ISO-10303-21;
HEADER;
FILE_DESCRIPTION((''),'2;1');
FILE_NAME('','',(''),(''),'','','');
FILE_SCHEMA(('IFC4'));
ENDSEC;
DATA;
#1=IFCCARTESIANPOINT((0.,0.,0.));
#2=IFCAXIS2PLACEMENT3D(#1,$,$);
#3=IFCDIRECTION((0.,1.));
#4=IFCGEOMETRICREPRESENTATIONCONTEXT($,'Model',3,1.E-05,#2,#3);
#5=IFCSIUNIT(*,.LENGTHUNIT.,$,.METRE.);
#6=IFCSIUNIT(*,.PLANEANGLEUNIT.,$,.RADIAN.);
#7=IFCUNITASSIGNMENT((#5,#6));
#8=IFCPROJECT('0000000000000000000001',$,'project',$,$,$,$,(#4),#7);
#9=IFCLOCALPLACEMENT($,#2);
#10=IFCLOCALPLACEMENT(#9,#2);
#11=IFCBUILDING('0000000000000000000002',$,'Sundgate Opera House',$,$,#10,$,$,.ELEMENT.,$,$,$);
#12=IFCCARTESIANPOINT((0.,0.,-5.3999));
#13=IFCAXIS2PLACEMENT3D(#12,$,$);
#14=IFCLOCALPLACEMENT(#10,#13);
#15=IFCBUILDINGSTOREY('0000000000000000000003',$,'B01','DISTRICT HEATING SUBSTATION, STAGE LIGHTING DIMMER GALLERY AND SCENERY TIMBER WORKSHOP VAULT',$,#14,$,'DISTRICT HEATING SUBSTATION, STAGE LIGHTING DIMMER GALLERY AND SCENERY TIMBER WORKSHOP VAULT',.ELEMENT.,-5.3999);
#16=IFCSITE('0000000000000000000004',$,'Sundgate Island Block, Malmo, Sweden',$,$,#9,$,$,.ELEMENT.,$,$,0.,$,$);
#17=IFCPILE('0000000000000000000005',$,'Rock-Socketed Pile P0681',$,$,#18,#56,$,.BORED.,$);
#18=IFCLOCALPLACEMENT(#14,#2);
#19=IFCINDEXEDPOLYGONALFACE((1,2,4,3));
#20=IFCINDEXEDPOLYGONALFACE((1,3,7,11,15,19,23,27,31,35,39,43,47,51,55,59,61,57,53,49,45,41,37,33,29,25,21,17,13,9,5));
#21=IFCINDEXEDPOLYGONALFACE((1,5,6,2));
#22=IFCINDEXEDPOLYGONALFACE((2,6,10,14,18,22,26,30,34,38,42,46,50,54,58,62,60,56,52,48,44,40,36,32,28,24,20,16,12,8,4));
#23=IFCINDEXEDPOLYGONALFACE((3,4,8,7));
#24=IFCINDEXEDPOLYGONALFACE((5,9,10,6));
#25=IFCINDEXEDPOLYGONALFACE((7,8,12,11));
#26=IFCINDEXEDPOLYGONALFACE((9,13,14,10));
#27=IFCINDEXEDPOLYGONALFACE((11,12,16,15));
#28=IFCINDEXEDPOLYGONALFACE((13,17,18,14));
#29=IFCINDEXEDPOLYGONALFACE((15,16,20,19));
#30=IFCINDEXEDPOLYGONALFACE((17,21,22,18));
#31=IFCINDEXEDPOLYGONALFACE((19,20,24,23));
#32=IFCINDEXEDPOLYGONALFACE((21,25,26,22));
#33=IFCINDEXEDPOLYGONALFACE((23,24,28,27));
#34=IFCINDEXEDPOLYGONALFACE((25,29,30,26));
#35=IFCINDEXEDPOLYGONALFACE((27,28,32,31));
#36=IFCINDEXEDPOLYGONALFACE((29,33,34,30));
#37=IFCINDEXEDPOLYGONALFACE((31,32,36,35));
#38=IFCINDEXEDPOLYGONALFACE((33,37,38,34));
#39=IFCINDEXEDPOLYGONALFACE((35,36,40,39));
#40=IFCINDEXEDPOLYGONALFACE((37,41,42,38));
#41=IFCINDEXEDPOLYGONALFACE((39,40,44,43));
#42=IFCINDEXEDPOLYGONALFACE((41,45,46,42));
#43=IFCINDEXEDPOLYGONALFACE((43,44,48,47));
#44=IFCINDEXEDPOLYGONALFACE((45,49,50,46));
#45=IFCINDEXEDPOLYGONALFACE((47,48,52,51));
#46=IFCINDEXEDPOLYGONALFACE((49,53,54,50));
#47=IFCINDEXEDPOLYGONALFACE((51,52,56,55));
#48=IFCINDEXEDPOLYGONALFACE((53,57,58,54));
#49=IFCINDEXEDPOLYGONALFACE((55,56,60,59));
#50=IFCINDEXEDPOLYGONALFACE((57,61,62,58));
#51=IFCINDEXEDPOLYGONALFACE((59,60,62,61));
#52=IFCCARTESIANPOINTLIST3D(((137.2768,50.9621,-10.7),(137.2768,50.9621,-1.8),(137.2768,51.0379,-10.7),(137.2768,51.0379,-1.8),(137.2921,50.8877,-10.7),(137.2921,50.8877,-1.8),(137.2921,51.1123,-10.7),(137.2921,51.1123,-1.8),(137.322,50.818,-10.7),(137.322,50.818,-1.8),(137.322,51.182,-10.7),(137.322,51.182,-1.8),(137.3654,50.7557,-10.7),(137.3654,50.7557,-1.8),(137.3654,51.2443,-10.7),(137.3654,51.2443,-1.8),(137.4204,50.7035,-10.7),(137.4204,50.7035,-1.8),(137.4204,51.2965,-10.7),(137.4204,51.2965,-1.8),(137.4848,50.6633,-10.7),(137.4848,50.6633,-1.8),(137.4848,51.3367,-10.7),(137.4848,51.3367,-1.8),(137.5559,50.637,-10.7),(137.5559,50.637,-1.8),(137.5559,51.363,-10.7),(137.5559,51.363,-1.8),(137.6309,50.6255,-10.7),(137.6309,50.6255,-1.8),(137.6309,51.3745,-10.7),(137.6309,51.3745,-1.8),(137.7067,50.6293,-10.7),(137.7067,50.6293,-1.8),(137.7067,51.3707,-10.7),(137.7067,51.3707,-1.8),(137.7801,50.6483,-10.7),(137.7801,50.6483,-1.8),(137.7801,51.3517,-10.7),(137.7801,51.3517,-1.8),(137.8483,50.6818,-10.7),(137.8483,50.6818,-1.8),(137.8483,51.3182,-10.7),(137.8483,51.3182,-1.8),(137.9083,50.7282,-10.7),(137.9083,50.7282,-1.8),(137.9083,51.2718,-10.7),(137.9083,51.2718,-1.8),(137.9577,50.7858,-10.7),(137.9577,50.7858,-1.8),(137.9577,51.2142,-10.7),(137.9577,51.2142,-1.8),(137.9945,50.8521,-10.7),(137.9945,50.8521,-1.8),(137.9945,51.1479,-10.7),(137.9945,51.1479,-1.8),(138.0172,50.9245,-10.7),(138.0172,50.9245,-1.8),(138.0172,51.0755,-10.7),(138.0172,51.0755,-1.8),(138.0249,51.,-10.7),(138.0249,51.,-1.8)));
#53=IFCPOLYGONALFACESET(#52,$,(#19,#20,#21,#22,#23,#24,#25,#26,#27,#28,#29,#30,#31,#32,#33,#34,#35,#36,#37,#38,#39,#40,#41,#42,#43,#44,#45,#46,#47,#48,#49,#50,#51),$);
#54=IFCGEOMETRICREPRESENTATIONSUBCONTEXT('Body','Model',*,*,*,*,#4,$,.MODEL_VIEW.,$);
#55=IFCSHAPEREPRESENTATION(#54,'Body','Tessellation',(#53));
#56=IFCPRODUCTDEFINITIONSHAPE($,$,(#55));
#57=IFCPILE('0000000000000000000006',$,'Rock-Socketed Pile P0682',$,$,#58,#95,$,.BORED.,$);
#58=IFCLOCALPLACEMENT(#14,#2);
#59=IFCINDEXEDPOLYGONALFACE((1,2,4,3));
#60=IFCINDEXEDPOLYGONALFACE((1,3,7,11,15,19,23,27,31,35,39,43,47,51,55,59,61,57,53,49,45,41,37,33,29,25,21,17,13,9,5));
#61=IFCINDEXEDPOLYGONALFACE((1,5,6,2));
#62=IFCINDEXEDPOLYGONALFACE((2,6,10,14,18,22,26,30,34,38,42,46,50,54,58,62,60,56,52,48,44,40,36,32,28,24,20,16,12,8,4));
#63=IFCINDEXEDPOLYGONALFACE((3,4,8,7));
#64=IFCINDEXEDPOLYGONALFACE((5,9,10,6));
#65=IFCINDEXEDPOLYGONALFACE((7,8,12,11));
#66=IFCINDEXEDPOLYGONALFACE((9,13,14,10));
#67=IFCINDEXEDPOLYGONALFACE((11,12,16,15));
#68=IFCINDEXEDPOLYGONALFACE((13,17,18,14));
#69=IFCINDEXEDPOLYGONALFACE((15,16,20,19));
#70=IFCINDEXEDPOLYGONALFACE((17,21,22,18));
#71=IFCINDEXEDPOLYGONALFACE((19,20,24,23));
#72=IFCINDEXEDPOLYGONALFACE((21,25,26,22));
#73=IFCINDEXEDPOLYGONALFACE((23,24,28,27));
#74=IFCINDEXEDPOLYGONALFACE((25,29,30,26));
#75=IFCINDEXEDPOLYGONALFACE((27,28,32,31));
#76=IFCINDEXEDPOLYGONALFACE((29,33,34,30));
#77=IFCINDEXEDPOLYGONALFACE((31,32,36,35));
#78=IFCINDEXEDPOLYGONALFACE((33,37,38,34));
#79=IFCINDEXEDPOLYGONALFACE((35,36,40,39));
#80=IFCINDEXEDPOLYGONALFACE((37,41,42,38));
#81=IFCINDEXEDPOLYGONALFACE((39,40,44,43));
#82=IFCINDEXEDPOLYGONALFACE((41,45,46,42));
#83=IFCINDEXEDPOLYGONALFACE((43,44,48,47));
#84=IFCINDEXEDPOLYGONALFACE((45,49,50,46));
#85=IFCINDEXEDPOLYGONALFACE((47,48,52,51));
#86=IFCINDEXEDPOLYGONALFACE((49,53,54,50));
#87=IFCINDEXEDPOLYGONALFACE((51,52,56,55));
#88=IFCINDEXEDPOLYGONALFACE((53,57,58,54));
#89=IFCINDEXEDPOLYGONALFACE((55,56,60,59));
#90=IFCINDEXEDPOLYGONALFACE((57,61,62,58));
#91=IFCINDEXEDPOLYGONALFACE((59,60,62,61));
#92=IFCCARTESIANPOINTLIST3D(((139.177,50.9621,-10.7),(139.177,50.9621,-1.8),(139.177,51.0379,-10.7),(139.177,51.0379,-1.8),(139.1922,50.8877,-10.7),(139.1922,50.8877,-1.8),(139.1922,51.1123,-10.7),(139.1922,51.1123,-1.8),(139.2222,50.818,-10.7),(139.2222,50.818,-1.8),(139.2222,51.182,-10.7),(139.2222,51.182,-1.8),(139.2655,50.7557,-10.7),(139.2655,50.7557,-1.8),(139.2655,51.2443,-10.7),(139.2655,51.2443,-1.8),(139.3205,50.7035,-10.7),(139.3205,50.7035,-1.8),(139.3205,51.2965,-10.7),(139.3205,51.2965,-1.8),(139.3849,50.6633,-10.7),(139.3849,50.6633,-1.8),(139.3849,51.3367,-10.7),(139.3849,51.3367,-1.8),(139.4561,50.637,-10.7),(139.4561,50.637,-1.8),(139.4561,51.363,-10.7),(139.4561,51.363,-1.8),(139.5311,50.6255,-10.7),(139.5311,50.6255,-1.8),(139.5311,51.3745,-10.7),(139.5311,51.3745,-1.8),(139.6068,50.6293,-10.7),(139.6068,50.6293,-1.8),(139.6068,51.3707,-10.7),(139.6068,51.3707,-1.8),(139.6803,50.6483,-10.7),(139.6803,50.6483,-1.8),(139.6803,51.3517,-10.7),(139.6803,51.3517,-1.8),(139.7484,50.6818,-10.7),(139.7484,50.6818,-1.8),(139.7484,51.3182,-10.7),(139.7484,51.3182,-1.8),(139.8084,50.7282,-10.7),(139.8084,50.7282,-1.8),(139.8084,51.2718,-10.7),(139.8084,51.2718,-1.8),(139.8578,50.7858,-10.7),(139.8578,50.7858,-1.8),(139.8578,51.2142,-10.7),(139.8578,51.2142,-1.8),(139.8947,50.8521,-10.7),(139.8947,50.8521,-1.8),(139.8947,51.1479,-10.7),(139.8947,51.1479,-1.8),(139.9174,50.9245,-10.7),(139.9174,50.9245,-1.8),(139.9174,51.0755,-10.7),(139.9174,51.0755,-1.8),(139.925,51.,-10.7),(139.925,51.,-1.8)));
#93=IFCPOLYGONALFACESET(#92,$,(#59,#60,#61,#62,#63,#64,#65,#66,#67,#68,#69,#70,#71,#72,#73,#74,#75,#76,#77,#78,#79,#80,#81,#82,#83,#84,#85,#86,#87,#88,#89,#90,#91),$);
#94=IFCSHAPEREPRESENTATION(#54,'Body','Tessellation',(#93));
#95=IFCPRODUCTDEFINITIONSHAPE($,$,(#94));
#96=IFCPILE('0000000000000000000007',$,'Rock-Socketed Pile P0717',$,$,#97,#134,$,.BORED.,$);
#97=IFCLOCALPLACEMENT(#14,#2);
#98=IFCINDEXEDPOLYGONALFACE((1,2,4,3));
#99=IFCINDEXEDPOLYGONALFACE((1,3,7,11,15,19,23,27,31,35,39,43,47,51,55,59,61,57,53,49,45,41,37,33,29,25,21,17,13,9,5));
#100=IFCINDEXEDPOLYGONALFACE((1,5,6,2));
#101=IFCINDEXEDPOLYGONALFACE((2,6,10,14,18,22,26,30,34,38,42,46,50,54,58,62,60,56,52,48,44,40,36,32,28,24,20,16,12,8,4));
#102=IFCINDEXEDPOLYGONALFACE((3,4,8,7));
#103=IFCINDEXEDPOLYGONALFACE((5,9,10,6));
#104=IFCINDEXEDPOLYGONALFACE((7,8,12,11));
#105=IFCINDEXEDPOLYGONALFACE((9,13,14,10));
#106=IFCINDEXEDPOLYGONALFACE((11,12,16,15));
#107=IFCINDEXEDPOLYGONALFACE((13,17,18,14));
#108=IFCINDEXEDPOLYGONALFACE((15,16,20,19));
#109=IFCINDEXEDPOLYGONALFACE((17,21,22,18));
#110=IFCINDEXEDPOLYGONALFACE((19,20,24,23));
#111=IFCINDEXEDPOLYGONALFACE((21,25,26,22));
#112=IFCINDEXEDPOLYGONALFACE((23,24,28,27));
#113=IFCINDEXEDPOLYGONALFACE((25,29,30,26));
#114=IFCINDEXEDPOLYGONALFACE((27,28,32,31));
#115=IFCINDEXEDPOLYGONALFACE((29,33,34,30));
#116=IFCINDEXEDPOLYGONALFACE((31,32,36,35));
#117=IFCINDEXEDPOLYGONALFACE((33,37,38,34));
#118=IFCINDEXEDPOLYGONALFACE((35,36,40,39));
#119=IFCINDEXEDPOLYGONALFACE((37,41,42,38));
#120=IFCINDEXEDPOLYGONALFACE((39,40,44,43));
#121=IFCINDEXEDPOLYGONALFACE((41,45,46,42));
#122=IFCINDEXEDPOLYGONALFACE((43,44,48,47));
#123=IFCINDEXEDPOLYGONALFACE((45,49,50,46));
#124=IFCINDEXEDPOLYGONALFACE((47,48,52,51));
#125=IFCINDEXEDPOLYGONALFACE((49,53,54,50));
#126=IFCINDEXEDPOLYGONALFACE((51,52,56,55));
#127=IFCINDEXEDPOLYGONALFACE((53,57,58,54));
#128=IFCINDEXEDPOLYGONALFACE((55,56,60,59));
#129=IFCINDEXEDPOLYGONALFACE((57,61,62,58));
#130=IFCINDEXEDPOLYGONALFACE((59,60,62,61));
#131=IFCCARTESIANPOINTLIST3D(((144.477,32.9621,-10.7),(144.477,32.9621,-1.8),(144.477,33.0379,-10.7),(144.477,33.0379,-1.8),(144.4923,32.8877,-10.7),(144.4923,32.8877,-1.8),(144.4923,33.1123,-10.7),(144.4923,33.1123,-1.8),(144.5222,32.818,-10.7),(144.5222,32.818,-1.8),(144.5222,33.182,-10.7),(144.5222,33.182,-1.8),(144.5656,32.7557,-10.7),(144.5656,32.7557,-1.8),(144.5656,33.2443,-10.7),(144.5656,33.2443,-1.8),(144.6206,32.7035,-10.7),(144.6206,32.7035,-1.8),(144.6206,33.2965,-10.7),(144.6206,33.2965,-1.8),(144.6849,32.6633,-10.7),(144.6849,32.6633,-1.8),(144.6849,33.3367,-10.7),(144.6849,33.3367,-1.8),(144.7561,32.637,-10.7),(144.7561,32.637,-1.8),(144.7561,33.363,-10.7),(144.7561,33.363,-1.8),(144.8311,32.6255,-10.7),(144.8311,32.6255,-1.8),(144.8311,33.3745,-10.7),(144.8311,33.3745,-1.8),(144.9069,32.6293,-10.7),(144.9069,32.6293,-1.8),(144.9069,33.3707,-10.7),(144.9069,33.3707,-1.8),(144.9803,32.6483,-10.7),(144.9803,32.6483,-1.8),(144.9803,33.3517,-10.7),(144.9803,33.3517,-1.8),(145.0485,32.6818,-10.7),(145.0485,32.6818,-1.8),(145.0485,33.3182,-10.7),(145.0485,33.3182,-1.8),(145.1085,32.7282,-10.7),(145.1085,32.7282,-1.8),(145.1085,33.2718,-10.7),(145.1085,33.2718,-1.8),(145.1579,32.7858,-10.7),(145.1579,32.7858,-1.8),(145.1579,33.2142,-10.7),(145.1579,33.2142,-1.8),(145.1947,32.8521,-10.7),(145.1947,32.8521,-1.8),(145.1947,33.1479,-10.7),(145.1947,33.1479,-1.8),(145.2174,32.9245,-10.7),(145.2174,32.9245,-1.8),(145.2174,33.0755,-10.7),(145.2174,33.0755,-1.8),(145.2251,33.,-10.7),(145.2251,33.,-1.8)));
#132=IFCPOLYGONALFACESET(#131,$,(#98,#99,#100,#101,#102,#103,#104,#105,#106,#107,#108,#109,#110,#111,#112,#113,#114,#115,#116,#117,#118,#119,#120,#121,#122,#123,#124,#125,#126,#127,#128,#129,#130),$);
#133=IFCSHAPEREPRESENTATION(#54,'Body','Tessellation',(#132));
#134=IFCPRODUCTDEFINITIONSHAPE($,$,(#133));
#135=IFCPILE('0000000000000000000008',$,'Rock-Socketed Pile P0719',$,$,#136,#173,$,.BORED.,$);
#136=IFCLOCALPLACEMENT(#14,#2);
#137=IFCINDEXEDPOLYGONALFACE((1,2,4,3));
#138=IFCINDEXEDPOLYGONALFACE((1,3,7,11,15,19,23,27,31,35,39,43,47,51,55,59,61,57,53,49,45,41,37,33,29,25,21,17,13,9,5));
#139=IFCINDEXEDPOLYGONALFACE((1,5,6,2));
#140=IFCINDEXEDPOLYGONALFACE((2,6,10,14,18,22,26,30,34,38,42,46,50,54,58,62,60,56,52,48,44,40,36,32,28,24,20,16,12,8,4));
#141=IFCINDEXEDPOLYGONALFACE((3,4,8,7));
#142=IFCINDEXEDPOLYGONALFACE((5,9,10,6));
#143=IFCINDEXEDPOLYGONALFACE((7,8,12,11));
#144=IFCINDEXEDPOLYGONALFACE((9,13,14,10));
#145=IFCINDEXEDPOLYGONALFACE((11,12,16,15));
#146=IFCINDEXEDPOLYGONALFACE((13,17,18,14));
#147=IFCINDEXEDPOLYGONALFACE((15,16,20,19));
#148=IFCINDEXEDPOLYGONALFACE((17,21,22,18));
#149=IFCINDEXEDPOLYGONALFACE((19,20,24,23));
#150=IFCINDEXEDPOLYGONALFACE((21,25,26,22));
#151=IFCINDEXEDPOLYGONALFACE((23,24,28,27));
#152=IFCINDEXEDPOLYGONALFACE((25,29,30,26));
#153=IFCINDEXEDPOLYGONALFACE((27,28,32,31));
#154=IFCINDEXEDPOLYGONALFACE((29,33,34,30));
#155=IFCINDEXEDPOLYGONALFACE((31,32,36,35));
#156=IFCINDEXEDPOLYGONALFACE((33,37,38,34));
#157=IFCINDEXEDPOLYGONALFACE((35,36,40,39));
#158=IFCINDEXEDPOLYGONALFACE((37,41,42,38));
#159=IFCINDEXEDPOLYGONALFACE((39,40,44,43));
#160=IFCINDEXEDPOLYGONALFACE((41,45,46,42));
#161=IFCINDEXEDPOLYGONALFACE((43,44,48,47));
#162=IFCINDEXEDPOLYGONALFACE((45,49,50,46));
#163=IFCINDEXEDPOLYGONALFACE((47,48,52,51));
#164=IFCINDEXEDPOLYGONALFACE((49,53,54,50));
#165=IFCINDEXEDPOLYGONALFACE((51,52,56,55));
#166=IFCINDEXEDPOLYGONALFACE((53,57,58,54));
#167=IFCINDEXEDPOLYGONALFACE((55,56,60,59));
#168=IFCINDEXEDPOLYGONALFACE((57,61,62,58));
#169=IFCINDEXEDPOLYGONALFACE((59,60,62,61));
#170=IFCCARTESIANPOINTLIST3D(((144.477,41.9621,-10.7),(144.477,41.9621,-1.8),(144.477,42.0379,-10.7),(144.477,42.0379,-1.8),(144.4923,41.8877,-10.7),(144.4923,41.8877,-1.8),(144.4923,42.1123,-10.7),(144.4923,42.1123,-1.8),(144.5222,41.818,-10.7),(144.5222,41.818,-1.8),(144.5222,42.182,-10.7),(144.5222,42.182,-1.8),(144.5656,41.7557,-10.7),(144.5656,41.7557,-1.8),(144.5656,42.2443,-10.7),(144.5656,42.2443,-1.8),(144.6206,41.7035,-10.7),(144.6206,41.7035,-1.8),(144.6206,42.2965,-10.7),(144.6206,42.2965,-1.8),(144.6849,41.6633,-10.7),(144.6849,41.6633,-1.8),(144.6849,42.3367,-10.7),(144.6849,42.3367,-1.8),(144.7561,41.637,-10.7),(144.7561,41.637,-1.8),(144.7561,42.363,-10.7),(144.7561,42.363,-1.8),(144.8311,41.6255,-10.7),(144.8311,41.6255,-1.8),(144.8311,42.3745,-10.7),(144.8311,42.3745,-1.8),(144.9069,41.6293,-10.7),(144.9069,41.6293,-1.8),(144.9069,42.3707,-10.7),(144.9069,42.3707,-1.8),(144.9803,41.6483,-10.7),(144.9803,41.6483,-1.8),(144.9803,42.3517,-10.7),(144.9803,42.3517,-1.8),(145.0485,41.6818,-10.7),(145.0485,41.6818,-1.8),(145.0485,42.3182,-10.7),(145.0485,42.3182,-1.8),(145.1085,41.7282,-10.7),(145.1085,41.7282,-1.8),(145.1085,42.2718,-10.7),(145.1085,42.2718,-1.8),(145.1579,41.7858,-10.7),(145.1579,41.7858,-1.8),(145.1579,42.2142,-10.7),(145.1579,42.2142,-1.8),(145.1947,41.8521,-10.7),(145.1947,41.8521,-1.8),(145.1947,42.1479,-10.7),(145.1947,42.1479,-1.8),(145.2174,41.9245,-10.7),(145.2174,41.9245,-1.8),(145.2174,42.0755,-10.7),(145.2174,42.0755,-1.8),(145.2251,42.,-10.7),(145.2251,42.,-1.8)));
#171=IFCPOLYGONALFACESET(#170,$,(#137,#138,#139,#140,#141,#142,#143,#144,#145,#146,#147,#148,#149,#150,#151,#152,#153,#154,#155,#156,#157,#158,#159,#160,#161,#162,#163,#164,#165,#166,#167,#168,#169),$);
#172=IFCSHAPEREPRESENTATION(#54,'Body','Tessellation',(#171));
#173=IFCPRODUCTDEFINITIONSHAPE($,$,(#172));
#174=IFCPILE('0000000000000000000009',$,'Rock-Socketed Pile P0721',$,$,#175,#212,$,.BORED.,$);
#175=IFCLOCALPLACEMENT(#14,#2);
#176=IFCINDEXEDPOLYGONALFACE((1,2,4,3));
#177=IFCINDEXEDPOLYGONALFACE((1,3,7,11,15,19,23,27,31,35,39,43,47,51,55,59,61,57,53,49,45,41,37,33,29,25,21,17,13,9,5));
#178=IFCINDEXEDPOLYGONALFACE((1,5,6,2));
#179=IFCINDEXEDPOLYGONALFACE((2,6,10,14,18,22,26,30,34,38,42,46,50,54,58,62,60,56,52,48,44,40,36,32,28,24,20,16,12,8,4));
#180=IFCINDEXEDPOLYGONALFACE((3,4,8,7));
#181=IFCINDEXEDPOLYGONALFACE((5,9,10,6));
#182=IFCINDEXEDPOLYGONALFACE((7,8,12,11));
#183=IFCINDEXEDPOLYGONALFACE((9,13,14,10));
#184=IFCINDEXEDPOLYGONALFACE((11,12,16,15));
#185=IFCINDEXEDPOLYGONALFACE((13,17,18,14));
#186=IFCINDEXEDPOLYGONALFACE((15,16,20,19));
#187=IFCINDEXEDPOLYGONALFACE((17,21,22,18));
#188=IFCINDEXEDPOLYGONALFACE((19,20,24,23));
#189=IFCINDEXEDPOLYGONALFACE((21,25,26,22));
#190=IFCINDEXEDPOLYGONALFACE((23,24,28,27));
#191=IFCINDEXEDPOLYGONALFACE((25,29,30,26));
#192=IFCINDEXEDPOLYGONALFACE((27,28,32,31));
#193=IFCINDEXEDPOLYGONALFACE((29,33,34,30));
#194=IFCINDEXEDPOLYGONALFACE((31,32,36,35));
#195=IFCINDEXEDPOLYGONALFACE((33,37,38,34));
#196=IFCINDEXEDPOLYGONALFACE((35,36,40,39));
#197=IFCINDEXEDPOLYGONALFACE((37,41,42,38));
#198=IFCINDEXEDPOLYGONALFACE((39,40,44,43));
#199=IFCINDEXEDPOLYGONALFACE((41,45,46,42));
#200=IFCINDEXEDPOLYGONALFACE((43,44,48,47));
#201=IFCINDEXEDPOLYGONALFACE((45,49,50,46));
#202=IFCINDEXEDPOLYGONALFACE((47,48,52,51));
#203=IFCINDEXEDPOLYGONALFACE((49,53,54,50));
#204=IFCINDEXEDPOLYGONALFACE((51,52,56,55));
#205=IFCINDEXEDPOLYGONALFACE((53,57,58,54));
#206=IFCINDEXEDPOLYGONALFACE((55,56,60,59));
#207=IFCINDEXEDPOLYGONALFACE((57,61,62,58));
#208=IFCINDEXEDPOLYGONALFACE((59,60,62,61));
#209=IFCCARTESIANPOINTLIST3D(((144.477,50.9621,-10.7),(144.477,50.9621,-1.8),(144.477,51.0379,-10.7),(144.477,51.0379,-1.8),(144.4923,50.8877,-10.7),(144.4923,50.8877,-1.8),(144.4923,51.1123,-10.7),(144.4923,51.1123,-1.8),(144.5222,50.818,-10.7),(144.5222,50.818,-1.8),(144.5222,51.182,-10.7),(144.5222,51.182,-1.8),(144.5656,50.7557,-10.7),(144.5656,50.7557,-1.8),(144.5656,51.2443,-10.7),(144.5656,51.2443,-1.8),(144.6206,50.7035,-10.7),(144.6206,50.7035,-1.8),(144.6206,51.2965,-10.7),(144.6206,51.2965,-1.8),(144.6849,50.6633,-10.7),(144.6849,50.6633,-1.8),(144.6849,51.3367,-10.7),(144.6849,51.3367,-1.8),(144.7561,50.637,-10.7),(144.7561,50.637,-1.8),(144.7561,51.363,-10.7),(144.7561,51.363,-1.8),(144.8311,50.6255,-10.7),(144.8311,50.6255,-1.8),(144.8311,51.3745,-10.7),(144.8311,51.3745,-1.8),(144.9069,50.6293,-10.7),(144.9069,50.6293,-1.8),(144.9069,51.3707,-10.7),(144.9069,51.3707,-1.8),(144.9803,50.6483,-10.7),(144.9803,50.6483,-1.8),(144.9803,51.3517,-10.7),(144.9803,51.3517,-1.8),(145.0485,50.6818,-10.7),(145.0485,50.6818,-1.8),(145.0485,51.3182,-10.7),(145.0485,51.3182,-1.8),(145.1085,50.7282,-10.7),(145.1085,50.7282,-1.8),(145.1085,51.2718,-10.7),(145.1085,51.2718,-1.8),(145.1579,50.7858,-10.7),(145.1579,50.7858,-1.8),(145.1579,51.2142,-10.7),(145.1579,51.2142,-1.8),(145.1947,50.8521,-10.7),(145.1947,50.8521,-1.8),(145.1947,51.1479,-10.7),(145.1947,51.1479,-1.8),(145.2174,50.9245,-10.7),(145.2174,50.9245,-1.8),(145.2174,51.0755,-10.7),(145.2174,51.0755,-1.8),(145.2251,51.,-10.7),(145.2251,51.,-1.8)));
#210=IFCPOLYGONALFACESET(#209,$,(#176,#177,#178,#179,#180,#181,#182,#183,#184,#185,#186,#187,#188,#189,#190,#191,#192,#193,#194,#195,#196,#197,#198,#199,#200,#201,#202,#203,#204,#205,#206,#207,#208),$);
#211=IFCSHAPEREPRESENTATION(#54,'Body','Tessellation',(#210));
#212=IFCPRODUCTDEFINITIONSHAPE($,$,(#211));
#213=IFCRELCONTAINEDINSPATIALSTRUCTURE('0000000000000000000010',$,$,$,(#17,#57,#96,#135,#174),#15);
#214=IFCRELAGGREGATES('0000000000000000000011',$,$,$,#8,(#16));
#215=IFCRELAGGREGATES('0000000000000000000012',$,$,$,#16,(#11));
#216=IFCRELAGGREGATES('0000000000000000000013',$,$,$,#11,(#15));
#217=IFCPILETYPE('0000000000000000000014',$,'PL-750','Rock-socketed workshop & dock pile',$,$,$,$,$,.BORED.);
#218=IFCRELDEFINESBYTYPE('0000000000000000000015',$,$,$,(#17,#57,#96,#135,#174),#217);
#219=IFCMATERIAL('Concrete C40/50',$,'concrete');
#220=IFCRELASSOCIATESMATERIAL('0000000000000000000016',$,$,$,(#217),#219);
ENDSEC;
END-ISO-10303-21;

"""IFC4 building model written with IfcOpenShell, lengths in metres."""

from ifc_helpers import new_model, si_unit, direction, frame, origin, origin_2d, place, context, subcontext, project, spatial, circle, extrude, material, material_profile, profile_set, type_object, element, save


model = new_model("IFC4")

# Units and contexts
model_context = context("Model", 3, precision=1e-05, world=origin(), true_north=direction((0.0, 1.0)))
body_context = subcontext(model_context, "Body", "Model", "MODEL_VIEW")
ifc_project = project(units=[si_unit("LENGTHUNIT", "METRE"), si_unit("PLANEANGLEUNIT", "RADIAN")], contexts=[model_context])

# Site, building, storey
site_placement = place(None, origin())
site = spatial("IfcSite", under=ifc_project, at=site_placement, Name="Sundgate Island Block, Malmo, Sweden", CompositionType="ELEMENT", RefElevation=0.0)
building_placement = place(site_placement, origin())
building = spatial("IfcBuilding", under=site, at=building_placement, Name="Sundgate Opera House", CompositionType="ELEMENT")
storey_placement = place(building_placement, frame((0.0, 0.0, -5.3999)))
storey = spatial("IfcBuildingStorey", under=building, at=storey_placement, Name="B01", Description="DISTRICT HEATING SUBSTATION, STAGE LIGHTING DIMMER GALLERY AND SCENERY TIMBER WORKSHOP VAULT", LongName="DISTRICT HEATING SUBSTATION, STAGE LIGHTING DIMMER GALLERY AND SCENERY TIMBER WORKSHOP VAULT", CompositionType="ELEMENT", Elevation=-5.3999)

# Piles
ifc_material_1 = material(Name="Concrete C40/50", Category="concrete")
ifc_material_profile_1 = material_profile(ifc_material_1, circle(Radius=0.375, at=origin_2d()), Name="PILE D750")
ifc_profile_set_1 = profile_set([ifc_material_profile_1], Name="Concrete C40/50")
pile_type = type_object("IfcPileType", Name="PL-750", Description="Rock-socketed workshop & dock pile", PredefinedType="BORED", material=ifc_profile_set_1)
for number, where, z_axis, x_axis, name in (
    (1, (137.6499, 51.0, -1.8), (0.0, 0.0, -1.0), (1.0, 0.0, 0.0), "Rock-Socketed Pile P0681"),
    (2, (139.55, 51.0, -1.8), (0.0, 0.0, -1.0), (1.0, 0.0, 0.0), "Rock-Socketed Pile P0682"),
    (3, (144.8501, 33.0, -1.8), (0.0, 0.0, -1.0), (1.0, 0.0, 0.0), "Rock-Socketed Pile P0717"),
    (4, (144.8501, 42.0, -1.8), (0.0, 0.0, -1.0), (1.0, 0.0, 0.0), "Rock-Socketed Pile P0719"),
    (5, (144.8501, 51.0, -1.8), (0.0, 0.0, -1.0), (1.0, 0.0, 0.0), "Rock-Socketed Pile P0721"),
):
    element("IfcPile", number, at=place(storey_placement, frame(where, z_axis=z_axis, x_axis=x_axis)), inside=storey, type_object=pile_type, Name=name, PredefinedType="BORED", context=body_context, shape_type="SweptSolid", body=[
        extrude(circle(Radius=0.375, at=origin_2d()), origin(), (0.0, 0.0, 1.0), 8.8999),
    ])

save(model, "model.ifc")
